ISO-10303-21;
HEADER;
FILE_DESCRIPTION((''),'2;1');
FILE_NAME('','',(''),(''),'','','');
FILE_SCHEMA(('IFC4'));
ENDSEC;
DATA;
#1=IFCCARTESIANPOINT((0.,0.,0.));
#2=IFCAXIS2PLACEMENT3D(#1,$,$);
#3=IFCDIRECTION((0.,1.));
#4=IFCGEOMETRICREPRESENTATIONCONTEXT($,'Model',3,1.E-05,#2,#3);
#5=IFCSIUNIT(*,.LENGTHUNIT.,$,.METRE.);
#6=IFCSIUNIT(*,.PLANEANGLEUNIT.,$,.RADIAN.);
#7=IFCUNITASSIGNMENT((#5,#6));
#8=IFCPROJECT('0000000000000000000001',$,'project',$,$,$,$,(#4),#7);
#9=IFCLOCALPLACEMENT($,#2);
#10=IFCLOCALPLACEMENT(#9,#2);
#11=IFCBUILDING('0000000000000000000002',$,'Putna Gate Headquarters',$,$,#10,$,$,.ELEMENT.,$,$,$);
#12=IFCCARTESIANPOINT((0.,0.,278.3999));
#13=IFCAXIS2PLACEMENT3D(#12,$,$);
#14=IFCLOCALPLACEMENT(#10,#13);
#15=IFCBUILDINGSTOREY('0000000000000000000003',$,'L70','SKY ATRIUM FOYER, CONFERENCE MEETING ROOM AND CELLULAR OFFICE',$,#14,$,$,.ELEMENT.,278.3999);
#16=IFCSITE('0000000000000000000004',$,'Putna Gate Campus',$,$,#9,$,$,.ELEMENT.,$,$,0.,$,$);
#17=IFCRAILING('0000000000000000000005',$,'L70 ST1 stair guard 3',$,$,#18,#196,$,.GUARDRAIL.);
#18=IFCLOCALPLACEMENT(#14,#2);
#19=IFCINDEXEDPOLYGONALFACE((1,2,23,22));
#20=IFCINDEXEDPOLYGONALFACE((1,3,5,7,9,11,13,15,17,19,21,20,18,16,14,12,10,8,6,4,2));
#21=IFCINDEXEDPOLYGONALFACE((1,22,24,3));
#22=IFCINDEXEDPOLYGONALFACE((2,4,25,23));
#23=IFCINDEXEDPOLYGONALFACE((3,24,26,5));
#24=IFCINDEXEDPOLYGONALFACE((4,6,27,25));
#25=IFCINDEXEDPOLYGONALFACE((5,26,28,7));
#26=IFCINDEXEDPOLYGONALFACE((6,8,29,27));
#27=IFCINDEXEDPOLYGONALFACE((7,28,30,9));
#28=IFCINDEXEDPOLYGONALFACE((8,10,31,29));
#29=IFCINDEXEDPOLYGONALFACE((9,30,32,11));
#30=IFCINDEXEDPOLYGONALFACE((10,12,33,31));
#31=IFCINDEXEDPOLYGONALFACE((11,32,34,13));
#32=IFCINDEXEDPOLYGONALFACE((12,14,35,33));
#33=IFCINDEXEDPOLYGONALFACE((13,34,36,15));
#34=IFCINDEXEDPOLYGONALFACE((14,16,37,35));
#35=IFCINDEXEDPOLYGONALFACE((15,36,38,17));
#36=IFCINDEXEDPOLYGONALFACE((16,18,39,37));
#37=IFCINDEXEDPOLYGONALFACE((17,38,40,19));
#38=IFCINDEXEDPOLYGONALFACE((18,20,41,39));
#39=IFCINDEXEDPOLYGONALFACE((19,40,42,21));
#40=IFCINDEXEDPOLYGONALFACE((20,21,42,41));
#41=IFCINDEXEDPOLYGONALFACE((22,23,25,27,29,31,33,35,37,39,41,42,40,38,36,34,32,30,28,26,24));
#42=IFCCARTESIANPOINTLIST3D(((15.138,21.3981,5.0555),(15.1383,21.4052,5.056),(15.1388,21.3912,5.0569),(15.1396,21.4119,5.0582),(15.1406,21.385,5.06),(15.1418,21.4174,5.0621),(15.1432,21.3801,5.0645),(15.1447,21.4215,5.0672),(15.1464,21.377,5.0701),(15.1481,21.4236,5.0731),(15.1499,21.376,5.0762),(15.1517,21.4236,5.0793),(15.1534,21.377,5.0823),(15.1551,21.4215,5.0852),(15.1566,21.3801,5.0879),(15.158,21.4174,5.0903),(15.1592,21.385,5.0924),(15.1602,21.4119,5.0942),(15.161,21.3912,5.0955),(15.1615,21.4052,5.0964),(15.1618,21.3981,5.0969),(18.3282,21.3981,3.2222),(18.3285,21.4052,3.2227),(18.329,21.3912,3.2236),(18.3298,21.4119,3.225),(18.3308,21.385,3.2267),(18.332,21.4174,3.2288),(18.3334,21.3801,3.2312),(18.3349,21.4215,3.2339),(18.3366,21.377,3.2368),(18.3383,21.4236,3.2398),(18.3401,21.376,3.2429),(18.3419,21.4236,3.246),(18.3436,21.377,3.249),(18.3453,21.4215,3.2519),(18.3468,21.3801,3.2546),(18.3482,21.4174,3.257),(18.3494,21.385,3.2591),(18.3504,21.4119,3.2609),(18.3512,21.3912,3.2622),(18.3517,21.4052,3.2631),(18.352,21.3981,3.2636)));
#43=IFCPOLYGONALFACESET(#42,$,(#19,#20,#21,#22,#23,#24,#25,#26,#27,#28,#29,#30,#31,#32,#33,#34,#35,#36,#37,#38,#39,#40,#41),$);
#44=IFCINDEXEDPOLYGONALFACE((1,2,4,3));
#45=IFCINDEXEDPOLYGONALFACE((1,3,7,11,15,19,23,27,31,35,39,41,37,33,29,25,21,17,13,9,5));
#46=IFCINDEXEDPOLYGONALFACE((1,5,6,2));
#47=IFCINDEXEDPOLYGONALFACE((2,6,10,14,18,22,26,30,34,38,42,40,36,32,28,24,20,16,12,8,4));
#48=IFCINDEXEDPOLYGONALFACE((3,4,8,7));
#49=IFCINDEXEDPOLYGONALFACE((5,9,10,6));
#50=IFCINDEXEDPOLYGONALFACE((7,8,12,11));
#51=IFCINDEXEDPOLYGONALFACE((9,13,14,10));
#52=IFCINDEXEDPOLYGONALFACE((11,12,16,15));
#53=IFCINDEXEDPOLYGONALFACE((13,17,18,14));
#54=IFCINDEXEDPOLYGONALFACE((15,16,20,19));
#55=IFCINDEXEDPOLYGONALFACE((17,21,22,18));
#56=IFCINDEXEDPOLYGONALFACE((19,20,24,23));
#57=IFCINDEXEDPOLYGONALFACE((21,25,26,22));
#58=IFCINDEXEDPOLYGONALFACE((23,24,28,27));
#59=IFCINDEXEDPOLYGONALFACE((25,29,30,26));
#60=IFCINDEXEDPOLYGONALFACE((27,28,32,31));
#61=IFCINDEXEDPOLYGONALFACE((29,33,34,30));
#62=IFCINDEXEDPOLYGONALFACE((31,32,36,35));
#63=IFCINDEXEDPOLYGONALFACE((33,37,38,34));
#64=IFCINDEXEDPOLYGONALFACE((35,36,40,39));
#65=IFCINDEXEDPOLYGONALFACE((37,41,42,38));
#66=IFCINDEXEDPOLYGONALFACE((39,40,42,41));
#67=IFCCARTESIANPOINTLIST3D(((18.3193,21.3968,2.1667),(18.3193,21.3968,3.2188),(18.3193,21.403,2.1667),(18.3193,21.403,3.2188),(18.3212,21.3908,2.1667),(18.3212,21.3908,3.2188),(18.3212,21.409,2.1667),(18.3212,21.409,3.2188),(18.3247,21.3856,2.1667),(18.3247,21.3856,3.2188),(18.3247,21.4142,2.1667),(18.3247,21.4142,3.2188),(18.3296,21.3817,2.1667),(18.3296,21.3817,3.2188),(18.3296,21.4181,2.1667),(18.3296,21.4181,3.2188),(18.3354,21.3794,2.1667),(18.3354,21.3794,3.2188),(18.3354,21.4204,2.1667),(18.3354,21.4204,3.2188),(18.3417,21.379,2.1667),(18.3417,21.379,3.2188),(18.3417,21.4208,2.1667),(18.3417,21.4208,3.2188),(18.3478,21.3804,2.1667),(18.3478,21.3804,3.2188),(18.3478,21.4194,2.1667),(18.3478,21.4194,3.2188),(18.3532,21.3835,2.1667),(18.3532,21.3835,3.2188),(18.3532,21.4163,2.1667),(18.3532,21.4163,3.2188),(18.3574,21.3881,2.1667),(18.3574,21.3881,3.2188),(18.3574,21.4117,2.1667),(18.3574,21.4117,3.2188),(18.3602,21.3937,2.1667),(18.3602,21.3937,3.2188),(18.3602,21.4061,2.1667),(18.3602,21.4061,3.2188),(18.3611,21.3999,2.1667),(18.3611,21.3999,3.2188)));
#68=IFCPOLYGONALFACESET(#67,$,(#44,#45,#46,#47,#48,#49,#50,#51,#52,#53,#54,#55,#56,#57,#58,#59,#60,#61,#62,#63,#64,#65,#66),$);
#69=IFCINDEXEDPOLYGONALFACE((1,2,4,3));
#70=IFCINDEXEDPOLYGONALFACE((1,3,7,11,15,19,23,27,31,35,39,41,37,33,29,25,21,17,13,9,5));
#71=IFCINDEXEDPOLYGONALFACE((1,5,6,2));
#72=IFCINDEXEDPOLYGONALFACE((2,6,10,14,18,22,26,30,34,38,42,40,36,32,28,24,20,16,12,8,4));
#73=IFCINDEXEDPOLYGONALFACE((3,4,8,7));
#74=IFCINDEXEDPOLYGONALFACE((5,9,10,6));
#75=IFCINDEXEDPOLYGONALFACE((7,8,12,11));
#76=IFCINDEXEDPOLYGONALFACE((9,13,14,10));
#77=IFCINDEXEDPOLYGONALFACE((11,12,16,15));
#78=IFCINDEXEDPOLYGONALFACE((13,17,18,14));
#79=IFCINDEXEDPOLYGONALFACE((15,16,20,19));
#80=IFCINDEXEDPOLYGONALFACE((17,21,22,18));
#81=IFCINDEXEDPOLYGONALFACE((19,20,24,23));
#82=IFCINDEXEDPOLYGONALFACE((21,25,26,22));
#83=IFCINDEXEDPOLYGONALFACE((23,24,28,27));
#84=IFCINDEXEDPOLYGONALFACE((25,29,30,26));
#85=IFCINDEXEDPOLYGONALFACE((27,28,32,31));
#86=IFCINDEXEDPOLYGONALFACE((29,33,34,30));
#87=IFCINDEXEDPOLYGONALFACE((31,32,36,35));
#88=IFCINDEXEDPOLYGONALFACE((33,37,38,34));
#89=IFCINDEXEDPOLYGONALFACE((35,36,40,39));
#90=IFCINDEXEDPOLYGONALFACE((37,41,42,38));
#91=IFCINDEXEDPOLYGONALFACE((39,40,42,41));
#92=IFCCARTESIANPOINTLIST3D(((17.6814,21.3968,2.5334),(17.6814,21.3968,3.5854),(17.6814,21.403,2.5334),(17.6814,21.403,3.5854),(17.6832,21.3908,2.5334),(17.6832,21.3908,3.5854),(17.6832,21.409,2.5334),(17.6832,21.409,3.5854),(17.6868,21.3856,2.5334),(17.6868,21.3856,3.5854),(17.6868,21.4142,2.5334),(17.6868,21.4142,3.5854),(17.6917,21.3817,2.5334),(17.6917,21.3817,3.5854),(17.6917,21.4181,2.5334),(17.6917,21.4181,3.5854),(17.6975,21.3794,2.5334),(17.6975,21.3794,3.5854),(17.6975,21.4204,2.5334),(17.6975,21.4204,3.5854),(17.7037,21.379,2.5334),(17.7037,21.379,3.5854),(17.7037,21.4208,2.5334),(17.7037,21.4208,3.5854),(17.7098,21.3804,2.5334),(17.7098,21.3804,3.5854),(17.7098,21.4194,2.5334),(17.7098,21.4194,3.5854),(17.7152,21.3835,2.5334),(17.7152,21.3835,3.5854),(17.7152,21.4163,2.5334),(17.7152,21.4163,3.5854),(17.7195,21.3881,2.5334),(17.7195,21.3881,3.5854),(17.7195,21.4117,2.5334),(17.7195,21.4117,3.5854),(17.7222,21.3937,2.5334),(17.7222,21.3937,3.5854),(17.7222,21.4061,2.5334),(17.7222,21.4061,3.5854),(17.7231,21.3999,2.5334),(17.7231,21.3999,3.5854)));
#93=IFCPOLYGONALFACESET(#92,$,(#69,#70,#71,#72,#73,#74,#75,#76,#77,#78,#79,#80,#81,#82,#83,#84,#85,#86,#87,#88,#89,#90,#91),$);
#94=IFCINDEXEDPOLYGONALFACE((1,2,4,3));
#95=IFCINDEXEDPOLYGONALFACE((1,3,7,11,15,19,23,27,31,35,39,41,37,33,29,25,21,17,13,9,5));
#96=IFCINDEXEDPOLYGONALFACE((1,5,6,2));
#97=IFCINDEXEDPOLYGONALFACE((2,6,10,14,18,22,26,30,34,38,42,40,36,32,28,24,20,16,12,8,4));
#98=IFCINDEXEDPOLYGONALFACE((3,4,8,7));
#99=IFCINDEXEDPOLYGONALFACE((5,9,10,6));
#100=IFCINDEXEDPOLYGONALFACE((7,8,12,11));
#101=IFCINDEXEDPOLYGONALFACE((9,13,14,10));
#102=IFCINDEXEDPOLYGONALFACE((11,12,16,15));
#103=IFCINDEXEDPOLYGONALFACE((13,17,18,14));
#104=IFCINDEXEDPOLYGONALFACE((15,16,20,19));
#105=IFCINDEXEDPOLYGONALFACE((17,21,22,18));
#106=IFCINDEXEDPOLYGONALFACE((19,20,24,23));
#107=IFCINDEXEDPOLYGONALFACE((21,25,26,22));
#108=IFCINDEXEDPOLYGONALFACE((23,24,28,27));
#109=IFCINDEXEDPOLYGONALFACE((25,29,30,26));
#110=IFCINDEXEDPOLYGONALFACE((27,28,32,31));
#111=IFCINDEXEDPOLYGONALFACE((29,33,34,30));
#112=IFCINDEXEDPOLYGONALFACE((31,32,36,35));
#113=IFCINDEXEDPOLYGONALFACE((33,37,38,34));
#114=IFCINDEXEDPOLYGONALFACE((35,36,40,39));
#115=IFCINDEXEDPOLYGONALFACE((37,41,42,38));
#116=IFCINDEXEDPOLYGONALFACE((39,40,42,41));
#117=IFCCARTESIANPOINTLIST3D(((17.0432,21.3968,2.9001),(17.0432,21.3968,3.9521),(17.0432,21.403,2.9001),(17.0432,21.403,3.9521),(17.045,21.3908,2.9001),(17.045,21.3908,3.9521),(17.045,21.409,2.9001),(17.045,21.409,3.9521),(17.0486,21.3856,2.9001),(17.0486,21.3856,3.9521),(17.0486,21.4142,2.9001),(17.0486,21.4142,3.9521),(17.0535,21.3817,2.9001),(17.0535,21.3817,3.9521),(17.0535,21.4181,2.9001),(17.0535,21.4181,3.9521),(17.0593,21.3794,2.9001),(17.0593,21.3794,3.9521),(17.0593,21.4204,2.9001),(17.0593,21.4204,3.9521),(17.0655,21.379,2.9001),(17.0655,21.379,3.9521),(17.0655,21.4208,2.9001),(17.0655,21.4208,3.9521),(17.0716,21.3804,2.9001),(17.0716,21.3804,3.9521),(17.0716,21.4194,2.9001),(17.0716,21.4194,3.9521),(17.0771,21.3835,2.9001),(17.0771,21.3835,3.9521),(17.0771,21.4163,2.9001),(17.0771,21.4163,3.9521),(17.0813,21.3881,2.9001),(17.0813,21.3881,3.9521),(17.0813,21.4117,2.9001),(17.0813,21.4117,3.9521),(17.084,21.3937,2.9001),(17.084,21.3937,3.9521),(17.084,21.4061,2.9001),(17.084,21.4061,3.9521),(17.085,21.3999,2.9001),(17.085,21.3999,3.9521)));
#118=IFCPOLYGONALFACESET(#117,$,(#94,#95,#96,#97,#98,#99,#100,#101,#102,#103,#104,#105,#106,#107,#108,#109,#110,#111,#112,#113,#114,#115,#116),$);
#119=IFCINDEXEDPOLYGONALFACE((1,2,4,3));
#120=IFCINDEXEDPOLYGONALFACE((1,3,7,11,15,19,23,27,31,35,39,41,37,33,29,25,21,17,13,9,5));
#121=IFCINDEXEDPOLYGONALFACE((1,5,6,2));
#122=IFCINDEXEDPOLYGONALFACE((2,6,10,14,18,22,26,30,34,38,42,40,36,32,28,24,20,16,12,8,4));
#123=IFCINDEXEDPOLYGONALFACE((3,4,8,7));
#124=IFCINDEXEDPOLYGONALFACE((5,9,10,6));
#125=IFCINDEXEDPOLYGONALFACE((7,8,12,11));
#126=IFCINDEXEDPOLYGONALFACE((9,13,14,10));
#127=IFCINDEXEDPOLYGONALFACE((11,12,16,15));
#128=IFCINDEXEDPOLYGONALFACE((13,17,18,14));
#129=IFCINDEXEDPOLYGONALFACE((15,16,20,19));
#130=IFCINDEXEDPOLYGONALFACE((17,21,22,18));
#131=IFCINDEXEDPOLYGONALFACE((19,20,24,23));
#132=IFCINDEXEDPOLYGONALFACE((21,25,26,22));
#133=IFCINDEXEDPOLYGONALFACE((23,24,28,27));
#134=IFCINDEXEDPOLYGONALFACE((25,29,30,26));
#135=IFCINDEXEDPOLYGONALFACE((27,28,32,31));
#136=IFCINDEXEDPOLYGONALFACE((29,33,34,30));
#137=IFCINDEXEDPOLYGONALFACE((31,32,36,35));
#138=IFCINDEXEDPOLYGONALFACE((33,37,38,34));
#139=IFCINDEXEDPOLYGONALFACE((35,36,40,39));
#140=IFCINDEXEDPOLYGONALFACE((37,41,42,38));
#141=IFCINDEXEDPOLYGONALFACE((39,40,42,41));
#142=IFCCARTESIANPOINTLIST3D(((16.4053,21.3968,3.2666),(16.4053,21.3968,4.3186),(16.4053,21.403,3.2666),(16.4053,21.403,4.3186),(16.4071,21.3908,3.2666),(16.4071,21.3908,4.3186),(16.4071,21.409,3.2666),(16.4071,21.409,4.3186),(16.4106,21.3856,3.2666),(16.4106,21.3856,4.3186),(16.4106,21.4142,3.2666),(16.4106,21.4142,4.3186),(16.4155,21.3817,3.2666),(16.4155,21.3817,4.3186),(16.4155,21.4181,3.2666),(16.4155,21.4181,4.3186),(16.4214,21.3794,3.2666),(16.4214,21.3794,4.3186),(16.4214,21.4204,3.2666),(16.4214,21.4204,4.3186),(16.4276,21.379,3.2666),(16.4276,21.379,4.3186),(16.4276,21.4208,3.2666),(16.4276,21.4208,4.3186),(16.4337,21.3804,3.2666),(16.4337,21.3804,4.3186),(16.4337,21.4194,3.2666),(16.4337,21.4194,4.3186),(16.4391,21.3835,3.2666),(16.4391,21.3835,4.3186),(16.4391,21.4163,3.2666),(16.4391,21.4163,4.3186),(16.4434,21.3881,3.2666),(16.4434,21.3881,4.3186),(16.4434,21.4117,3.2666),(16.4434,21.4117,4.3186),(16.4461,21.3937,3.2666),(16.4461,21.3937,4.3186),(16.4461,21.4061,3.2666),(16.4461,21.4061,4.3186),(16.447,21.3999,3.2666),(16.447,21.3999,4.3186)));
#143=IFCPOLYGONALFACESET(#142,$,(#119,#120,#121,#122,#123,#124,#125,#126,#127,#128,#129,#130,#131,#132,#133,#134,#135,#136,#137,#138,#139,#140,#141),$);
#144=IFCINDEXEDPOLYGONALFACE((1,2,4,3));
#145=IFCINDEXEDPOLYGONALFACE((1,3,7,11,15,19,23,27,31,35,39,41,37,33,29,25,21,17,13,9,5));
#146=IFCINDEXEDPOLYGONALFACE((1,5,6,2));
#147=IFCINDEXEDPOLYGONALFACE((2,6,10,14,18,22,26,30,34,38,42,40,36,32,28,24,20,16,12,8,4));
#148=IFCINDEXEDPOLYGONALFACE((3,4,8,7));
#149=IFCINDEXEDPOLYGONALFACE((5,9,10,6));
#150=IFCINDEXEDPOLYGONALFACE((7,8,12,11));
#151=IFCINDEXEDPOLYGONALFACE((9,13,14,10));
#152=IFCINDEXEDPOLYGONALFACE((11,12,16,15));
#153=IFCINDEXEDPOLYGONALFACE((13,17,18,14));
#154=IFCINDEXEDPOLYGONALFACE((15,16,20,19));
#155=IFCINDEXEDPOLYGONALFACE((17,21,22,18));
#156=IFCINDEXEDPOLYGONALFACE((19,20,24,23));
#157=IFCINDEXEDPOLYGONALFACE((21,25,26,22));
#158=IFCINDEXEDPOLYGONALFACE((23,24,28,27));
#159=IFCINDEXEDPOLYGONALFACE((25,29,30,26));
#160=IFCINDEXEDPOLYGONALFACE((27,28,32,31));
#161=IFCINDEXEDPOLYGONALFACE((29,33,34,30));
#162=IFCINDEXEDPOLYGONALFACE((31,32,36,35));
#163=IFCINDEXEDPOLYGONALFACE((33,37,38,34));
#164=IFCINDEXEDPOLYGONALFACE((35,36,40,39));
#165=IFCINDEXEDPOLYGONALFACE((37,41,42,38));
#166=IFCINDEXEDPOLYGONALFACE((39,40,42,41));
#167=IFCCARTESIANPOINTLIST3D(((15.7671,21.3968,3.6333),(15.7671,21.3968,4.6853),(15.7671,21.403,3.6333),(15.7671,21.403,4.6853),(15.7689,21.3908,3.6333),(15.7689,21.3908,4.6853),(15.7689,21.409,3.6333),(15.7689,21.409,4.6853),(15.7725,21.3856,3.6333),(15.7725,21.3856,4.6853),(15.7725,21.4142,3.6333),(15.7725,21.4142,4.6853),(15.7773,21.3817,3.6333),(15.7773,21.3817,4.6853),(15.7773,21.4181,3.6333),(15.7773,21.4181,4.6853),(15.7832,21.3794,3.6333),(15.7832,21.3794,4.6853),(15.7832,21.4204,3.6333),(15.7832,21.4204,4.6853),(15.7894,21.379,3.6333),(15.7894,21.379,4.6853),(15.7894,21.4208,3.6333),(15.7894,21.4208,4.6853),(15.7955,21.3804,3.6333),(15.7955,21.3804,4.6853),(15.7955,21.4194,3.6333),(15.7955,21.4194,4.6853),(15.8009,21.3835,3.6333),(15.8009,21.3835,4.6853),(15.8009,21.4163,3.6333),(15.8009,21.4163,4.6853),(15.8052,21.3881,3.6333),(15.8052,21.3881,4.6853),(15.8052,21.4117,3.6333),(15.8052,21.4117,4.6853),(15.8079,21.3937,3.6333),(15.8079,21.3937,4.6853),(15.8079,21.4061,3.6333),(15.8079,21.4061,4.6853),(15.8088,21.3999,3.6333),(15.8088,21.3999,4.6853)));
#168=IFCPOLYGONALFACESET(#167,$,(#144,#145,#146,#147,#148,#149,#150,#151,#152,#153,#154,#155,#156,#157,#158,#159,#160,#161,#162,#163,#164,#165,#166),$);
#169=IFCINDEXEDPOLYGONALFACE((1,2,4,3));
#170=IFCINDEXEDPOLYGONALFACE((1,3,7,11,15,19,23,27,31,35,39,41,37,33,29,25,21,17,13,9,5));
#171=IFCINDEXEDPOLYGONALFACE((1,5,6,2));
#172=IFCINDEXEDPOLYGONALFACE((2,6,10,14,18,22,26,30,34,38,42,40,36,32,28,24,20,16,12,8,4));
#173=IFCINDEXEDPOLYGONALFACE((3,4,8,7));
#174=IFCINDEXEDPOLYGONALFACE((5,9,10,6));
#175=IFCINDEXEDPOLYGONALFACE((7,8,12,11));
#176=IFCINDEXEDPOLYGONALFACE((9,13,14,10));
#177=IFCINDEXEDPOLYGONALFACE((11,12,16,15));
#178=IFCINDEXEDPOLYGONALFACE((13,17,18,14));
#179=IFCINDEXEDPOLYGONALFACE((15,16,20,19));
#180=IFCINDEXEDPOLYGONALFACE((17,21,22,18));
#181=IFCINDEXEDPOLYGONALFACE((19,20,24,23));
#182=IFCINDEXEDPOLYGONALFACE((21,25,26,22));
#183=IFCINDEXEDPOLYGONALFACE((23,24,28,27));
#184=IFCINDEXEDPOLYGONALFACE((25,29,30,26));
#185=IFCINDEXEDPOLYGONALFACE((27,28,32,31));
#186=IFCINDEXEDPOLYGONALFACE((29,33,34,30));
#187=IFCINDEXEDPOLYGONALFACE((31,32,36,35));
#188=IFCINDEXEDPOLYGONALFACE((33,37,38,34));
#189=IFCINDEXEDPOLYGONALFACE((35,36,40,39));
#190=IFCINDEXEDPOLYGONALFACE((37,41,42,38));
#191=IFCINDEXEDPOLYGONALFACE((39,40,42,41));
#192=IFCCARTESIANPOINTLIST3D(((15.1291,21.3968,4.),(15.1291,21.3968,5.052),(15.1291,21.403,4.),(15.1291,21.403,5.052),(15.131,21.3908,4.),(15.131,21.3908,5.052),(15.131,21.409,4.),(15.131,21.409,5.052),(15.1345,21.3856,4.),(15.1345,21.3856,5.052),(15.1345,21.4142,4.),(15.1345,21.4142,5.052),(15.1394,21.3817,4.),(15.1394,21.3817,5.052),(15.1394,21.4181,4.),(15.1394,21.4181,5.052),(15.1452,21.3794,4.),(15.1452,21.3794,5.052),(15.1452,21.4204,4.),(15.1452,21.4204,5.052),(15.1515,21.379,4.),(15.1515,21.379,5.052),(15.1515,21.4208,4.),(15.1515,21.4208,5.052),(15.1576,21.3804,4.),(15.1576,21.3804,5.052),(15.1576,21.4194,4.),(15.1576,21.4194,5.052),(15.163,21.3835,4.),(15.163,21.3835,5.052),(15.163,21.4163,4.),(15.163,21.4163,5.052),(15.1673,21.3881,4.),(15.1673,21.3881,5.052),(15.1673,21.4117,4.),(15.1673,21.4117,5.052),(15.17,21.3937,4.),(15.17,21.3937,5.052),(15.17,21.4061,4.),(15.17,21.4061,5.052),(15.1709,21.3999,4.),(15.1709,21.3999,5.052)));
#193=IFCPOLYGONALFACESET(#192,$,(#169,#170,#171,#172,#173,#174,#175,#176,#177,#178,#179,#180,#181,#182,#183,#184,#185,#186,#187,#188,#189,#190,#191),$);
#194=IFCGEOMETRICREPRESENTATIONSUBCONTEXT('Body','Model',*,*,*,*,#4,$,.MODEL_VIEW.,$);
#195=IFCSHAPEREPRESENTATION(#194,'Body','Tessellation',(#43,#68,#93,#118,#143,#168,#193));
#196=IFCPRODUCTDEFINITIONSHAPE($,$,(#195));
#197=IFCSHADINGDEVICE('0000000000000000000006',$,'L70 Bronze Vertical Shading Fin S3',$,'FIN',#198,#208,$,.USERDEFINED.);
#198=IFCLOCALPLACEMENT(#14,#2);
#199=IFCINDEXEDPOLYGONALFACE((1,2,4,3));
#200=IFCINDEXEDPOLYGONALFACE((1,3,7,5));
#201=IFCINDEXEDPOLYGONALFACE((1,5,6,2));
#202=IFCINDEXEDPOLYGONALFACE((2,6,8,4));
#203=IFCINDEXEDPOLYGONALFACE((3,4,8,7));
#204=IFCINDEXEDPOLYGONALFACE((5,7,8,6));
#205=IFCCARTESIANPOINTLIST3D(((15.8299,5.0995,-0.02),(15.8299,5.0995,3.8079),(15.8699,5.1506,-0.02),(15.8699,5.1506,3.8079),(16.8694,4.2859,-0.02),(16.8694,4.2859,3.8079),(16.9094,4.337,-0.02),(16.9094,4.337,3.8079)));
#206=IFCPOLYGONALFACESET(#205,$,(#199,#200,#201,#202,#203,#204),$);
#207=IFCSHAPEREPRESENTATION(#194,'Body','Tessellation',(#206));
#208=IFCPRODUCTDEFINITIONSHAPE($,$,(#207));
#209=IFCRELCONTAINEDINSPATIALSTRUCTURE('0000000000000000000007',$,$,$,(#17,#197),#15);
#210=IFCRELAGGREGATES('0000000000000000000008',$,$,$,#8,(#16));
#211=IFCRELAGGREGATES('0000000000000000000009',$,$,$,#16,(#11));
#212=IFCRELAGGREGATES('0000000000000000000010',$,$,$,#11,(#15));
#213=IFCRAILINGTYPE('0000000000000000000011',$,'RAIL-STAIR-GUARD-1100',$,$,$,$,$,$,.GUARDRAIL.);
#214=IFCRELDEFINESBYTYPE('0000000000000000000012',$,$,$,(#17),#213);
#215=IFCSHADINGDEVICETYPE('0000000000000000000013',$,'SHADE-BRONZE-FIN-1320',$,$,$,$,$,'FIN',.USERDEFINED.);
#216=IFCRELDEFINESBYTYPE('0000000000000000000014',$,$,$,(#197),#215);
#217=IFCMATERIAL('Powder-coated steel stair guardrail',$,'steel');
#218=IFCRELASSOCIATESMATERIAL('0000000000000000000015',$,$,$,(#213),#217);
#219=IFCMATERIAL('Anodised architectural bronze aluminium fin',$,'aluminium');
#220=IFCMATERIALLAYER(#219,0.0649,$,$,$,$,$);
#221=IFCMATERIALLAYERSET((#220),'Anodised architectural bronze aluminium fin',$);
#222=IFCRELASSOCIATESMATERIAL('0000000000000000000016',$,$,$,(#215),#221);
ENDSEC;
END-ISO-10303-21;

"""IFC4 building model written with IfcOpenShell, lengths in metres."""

from ifc_helpers import new_model, si_unit, direction, frame, origin, origin_2d, place, context, subcontext, project, spatial, rectangle, circle, extrude, material, layer, layer_set, type_object, element, save


model = new_model("IFC4")

# Units and contexts
model_context = context("Model", 3, precision=1e-05, world=origin(), true_north=direction((0.0, 1.0)))
body_context = subcontext(model_context, "Body", "Model", "MODEL_VIEW")
ifc_project = project(units=[si_unit("LENGTHUNIT", "METRE"), si_unit("PLANEANGLEUNIT", "RADIAN")], contexts=[model_context])

# Site, building, storey
site_placement = place(None, origin())
site = spatial("IfcSite", under=ifc_project, at=site_placement, Name="Putna Gate Campus", CompositionType="ELEMENT", RefElevation=0.0)
building_placement = place(site_placement, origin())
building = spatial("IfcBuilding", under=site, at=building_placement, Name="Putna Gate Headquarters", CompositionType="ELEMENT")
storey_placement = place(building_placement, frame((0.0, 0.0, 278.3999)))
storey = spatial("IfcBuildingStorey", under=building, at=storey_placement, Name="L70", Description="SKY ATRIUM FOYER, CONFERENCE MEETING ROOM AND CELLULAR OFFICE", CompositionType="ELEMENT", Elevation=278.3999)

# Railing
ifc_material_1 = material(Name="Powder-coated steel stair guardrail", Category="steel")
railing_type = type_object("IfcRailingType", Name="RAIL-STAIR-GUARD-1100", PredefinedType="GUARDRAIL", material=ifc_material_1)
railing_1_placement = place(storey_placement, frame((18.3401, 21.3999, 2.1667)))
element("IfcRailing", 1, at=railing_1_placement, inside=storey, type_object=railing_type, Name="L70 ST1 stair guard 3", PredefinedType="GUARDRAIL", context=body_context, shape_type="SweptSolid", body=[
    extrude(circle(Radius=0.0239, at=origin_2d()), frame((0.0, 0.0, 1.0762), z_axis=(-0.867036, 0.0, 0.498245), x_axis=(0.0, -1.0, 0.0)), (0.0, 0.0, 1.0), 3.6794),
    extrude(circle(Radius=0.021, at=origin_2d()), origin(), (0.0, 0.0, 1.0), 1.052),
    extrude(circle(Radius=0.021, at=origin_2d()), frame((-0.6379, 0.0, 0.3667)), (0.0, 0.0, 1.0), 1.052),
    extrude(circle(Radius=0.021, at=origin_2d()), frame((-1.2761, 0.0, 0.7334)), (0.0, 0.0, 1.0), 1.052),
    extrude(circle(Radius=0.021, at=origin_2d()), frame((-1.9141, 0.0, 1.0999)), (0.0, 0.0, 1.0), 1.052),
    extrude(circle(Radius=0.021, at=origin_2d()), frame((-2.5522, 0.0, 1.4666)), (0.0, 0.0, 1.0), 1.052),
    extrude(circle(Radius=0.021, at=origin_2d()), frame((-3.1902, 0.0, 1.8333)), (0.0, 0.0, 1.0), 1.052),
])

# Shading device
ifc_material_2 = material(Name="Anodised architectural bronze aluminium fin", Category="aluminium")
ifc_layer_1 = layer(ifc_material_2, 0.0649)
ifc_layer_set_1 = layer_set([ifc_layer_1], Name="Anodised architectural bronze aluminium fin")
shading_device_type = type_object("IfcShadingDeviceType", Name="SHADE-BRONZE-FIN-1320", ElementType="FIN", PredefinedType="USERDEFINED", material=ifc_layer_set_1)
for number, where, z_axis, x_axis, name in (
    (2, (16.3696, 4.7183, -0.02), (0.0, 0.0, 1.0), (0.787473, -0.616349, 0.0), "L70 Bronze Vertical Shading Fin S3"),
):
    element("IfcShadingDevice", number, at=place(storey_placement, frame(where, z_axis=z_axis, x_axis=x_axis)), inside=storey, type_object=shading_device_type, Name=name, ObjectType="FIN", PredefinedType="USERDEFINED", context=body_context, shape_type="SweptSolid", body=[
        extrude(rectangle(XDim=1.3201, YDim=0.0649, at=origin_2d()), origin(), (0.0, 0.0, 1.0), 3.8279),
    ])

save(model, "model.ifc")
